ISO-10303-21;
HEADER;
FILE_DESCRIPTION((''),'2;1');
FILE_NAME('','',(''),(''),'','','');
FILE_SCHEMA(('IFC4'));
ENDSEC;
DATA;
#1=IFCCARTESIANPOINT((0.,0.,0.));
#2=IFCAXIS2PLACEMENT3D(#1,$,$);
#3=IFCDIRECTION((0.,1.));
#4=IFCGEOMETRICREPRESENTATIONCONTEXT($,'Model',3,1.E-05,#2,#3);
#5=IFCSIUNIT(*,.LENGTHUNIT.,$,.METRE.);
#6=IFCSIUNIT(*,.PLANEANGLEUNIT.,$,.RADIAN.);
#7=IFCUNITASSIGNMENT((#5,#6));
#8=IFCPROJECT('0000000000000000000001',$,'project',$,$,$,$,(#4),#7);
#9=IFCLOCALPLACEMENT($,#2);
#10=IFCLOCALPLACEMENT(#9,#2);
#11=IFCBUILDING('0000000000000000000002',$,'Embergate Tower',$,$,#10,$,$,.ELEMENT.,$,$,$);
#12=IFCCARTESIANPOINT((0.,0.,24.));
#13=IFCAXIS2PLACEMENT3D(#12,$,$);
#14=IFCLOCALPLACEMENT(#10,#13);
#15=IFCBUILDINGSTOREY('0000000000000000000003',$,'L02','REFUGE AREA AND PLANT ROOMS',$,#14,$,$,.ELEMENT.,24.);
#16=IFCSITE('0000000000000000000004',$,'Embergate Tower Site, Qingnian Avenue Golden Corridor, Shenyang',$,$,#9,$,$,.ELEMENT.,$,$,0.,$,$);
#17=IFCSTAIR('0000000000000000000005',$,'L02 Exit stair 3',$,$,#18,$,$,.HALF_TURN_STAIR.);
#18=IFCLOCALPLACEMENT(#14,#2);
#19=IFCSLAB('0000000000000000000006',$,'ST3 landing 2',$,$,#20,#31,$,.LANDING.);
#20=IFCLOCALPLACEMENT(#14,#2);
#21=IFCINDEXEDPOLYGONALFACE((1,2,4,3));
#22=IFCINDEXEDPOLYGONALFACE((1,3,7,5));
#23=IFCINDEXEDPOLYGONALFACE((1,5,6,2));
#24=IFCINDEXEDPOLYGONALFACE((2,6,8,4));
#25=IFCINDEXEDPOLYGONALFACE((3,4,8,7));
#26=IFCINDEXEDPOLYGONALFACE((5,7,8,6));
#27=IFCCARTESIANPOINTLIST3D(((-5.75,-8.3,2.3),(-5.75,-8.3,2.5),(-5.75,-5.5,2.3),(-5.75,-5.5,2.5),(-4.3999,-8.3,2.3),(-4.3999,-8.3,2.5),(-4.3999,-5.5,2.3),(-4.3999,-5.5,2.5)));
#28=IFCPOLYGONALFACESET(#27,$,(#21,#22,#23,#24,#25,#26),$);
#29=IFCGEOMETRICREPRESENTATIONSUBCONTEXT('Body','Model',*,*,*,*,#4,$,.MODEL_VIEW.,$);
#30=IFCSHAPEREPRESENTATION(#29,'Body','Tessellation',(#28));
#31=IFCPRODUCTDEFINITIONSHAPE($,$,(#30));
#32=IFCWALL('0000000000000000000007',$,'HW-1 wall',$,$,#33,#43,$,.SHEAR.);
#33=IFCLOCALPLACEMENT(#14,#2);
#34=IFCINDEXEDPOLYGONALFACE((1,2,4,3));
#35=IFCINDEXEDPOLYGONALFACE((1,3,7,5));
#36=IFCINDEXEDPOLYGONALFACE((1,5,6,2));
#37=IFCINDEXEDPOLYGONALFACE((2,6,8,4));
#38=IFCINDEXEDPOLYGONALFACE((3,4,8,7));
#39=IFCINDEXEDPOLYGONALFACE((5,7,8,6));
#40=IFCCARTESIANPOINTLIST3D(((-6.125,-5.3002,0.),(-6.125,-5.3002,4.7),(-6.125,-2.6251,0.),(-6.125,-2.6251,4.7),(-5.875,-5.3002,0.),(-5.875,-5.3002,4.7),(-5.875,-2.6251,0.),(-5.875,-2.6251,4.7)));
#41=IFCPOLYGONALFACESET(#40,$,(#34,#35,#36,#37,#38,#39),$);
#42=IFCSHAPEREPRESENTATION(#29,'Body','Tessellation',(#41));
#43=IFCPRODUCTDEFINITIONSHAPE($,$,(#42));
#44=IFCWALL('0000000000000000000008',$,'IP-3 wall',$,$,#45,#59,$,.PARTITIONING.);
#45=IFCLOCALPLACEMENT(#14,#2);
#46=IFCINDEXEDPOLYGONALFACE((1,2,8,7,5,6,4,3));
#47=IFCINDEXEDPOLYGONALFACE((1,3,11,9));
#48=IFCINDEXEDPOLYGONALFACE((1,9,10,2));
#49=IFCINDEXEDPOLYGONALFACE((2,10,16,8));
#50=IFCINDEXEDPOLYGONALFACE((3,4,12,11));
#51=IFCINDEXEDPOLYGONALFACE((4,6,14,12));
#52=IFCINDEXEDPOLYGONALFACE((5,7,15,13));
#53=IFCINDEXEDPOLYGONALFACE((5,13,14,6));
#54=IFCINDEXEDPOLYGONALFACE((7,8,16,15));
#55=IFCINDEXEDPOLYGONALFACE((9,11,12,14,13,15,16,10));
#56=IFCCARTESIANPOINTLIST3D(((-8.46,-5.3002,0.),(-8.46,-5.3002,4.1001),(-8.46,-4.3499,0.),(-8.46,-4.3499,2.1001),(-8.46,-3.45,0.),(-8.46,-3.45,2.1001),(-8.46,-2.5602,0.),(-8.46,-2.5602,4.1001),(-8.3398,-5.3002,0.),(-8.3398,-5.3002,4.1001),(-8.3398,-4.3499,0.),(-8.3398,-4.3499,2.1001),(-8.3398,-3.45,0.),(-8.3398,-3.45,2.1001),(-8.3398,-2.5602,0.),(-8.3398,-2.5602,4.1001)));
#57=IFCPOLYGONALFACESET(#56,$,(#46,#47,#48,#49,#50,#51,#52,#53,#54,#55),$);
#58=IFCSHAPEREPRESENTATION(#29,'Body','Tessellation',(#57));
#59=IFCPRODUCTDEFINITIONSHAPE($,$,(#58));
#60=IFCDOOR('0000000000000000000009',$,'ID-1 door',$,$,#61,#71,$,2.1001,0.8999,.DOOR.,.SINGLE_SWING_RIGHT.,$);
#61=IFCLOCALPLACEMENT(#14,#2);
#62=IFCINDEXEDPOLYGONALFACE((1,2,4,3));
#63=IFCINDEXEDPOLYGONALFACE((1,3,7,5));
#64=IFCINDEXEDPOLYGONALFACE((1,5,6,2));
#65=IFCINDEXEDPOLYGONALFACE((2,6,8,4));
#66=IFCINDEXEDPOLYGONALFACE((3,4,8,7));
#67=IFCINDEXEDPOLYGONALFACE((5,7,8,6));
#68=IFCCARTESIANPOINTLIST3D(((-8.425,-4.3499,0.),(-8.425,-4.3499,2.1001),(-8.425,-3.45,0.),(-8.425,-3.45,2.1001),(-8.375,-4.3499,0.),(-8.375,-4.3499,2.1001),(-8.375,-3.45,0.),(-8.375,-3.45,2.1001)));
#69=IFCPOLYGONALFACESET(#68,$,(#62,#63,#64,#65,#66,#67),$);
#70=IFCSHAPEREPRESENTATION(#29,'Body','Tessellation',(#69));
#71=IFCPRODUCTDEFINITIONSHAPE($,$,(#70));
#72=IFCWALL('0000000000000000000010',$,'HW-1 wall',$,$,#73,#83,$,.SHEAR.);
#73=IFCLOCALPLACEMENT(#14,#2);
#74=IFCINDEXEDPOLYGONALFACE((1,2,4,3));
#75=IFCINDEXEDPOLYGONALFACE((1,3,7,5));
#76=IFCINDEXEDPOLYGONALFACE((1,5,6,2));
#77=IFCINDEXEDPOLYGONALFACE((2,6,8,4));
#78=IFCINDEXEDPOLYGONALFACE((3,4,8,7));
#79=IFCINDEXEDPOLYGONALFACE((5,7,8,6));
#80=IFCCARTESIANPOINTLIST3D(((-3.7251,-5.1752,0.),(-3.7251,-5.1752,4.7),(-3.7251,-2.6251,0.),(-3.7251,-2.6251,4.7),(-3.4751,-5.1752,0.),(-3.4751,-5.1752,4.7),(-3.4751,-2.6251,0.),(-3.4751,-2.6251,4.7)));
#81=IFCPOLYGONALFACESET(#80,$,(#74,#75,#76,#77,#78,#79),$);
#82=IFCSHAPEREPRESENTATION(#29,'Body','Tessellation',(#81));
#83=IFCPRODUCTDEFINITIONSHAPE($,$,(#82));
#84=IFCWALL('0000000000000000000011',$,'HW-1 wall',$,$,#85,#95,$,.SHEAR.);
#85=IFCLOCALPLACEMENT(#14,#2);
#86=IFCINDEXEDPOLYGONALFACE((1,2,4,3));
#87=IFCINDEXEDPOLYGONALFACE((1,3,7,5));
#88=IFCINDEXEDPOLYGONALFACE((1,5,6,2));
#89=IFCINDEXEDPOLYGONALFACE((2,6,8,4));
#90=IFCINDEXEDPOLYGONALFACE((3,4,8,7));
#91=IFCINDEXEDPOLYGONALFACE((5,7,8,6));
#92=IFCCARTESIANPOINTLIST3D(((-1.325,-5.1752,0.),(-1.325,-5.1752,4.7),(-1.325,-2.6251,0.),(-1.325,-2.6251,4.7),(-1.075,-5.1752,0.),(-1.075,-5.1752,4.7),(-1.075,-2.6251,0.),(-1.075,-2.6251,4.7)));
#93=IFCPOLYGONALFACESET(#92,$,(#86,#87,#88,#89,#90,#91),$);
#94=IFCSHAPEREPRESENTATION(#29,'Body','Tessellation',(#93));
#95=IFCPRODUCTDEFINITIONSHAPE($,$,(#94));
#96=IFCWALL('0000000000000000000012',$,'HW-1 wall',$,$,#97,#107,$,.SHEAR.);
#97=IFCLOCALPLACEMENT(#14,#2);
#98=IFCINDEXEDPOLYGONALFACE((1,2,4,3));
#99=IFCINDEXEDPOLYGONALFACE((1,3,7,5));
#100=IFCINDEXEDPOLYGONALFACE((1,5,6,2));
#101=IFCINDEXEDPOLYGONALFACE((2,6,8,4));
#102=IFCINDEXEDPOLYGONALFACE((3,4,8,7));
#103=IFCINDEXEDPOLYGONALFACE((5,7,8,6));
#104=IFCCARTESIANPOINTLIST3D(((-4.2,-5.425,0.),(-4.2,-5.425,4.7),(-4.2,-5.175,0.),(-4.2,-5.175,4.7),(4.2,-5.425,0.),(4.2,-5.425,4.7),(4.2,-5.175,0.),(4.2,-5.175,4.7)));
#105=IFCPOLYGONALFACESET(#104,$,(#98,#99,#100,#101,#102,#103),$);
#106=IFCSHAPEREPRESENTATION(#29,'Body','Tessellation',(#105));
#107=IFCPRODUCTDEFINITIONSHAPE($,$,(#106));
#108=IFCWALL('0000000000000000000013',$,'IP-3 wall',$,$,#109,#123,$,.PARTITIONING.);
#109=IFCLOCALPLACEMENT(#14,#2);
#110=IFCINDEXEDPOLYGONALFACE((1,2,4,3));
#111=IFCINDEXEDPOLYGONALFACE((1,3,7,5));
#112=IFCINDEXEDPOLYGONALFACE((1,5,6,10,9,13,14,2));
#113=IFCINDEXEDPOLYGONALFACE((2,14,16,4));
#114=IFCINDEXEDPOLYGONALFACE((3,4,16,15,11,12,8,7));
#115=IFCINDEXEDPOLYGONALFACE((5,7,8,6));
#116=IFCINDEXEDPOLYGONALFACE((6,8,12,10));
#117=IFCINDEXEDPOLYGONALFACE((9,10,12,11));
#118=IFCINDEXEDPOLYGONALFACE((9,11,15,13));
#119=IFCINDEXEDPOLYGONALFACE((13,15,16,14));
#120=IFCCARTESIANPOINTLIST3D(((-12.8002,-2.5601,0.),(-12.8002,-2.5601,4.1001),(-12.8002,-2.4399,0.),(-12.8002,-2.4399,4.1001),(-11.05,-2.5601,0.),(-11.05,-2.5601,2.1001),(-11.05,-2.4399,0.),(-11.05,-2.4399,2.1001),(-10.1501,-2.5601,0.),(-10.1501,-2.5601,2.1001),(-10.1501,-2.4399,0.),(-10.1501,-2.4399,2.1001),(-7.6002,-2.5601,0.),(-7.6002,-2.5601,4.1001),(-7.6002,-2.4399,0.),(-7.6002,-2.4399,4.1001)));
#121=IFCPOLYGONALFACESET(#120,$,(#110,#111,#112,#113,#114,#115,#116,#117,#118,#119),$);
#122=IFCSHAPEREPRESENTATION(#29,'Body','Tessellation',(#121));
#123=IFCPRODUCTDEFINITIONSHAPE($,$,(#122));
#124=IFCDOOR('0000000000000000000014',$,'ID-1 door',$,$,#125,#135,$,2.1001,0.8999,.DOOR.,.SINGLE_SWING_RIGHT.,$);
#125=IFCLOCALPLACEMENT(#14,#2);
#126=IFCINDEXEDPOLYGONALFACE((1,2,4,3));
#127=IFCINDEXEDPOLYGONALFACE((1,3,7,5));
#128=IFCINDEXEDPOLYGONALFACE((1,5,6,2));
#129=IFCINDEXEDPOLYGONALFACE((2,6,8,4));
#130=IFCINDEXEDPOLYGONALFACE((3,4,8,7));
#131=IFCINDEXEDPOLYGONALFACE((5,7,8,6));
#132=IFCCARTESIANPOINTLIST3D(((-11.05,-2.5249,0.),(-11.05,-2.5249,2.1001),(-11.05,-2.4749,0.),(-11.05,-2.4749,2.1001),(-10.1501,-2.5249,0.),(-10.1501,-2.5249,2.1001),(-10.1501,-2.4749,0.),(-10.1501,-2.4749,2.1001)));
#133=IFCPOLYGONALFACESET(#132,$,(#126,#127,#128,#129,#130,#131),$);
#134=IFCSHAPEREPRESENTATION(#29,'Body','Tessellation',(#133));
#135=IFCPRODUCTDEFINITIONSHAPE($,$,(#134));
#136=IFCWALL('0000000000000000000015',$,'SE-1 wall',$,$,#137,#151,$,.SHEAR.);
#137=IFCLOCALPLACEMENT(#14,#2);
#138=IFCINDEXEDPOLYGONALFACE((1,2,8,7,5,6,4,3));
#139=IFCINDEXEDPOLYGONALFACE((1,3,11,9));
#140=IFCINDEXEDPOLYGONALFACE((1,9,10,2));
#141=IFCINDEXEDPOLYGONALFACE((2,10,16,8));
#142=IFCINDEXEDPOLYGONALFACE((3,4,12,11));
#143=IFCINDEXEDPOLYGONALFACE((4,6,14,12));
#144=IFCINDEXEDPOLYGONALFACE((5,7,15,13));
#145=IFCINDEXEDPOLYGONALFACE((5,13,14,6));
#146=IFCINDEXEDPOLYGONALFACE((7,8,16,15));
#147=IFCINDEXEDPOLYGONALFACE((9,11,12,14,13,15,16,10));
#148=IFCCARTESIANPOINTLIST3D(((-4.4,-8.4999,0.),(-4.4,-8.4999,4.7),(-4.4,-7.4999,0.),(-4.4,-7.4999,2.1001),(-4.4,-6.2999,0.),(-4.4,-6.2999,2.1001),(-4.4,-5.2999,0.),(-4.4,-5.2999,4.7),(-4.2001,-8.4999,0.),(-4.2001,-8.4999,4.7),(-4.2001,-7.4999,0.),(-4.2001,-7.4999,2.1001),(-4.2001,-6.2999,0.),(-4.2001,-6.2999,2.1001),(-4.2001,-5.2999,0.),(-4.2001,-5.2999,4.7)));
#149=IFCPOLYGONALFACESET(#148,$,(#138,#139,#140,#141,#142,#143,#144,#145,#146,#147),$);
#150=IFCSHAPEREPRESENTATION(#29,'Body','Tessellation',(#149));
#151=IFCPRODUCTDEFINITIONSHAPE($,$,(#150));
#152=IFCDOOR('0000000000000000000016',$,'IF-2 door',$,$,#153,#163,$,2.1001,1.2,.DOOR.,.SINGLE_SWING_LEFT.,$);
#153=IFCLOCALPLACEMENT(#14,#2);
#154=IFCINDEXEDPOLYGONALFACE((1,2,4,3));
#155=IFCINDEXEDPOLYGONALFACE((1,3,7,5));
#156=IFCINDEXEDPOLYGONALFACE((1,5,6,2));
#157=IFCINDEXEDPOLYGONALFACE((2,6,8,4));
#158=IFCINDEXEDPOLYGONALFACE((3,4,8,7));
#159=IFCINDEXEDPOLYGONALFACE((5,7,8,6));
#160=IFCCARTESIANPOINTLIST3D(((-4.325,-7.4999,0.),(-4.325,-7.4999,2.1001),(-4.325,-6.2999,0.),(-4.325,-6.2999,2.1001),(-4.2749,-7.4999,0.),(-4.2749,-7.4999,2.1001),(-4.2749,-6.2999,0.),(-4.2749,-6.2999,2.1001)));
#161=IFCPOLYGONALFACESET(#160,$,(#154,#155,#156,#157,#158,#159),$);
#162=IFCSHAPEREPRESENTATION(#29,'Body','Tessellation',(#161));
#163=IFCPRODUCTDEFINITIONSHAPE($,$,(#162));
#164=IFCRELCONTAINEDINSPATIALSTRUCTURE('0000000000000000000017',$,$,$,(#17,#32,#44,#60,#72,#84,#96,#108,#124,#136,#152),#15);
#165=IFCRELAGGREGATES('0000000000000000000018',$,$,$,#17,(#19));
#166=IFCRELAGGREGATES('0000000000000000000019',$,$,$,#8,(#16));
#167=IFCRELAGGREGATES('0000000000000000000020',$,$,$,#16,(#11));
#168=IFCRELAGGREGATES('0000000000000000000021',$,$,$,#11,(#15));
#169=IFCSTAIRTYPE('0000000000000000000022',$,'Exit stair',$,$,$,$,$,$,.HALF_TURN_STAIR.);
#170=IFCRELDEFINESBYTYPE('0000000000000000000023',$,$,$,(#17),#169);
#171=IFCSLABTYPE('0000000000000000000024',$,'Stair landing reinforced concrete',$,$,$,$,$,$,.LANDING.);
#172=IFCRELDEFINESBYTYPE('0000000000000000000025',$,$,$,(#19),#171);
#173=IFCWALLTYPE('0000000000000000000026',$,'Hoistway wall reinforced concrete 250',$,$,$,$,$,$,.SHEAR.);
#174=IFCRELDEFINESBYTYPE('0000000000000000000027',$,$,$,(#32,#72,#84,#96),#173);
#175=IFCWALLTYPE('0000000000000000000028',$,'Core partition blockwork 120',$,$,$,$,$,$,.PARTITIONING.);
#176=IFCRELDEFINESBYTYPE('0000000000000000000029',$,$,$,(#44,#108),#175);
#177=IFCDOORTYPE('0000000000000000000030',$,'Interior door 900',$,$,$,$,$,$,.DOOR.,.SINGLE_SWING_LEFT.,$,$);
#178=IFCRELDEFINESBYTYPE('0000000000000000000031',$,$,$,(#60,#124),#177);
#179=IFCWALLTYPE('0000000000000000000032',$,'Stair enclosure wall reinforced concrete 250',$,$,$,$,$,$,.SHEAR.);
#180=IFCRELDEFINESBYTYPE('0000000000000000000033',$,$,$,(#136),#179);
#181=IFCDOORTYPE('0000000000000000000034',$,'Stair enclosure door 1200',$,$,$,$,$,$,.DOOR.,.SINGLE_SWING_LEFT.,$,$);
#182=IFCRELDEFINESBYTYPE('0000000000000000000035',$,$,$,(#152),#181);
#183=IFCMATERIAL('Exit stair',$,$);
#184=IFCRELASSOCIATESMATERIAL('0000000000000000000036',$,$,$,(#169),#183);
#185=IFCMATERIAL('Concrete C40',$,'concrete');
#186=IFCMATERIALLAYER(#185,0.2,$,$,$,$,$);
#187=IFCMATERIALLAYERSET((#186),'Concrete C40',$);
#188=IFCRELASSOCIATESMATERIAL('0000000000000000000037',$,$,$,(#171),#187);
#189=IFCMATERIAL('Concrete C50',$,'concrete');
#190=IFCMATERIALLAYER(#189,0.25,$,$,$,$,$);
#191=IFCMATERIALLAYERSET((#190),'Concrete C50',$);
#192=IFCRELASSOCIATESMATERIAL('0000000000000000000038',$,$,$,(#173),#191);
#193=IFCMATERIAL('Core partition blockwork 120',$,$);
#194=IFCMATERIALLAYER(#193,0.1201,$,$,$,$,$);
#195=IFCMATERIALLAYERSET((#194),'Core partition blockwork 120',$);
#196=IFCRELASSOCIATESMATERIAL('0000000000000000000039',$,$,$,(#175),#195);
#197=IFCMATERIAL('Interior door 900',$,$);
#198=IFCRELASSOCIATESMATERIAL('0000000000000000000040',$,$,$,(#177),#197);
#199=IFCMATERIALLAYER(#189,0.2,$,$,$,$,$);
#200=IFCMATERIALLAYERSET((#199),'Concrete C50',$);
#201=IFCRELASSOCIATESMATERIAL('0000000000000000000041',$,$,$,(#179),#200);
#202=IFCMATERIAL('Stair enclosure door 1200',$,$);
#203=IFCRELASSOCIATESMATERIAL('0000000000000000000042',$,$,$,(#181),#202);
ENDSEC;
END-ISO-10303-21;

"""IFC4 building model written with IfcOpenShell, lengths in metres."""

from ifc_helpers import new_model, si_unit, direction, frame, frame_2d, origin, place, context, subcontext, project, spatial, polyline, rectangle, outline, extrude, source, transform, mapped, material, layer, layer_set, type_object, element, fill, aggregate, save


model = new_model("IFC4")

# Units and contexts
model_context = context("Model", 3, precision=1e-05, world=origin(), true_north=direction((0.0, 1.0)))
body_context = subcontext(model_context, "Body", "Model", "MODEL_VIEW")
ifc_project = project(units=[si_unit("LENGTHUNIT", "METRE"), si_unit("PLANEANGLEUNIT", "RADIAN")], contexts=[model_context])

# Site, building, storey
site_placement = place(None, origin())
site = spatial("IfcSite", under=ifc_project, at=site_placement, Name="Embergate Tower Site, Qingnian Avenue Golden Corridor, Shenyang", CompositionType="ELEMENT", RefElevation=0.0)
building_placement = place(site_placement, origin())
building = spatial("IfcBuilding", under=site, at=building_placement, Name="Embergate Tower", CompositionType="ELEMENT")
storey_placement = place(building_placement, frame((0.0, 0.0, 24.0)))
storey = spatial("IfcBuildingStorey", under=building, at=storey_placement, Name="L02", Description="REFUGE AREA AND PLANT ROOMS", CompositionType="ELEMENT", Elevation=24.0)

# Stair, slab
ifc_material_1 = material(Name="Exit stair")
stair_type = type_object("IfcStairType", Name="Exit stair", PredefinedType="HALF_TURN_STAIR", material=ifc_material_1)
stair_placement = place(storey_placement, origin())
stair = element("IfcStair", 1, at=stair_placement, inside=storey, type_object=stair_type, Name="L02 Exit stair 3", PredefinedType="HALF_TURN_STAIR")
ifc_material_2 = material(Name="Concrete C40", Category="concrete")
ifc_layer_1 = layer(ifc_material_2, 0.2)
ifc_layer_set_1 = layer_set([ifc_layer_1], Name="Concrete C40")
slab_type = type_object("IfcSlabType", Name="Stair landing reinforced concrete", PredefinedType="LANDING", material=ifc_layer_set_1)
shared_shape_1 = source(origin(), body_context, "Body", "SweptSolid", [
    extrude(outline(polyline([(0.0, 0.0), (1.3501, 0.0), (1.3501, 2.8), (0.0, 2.8), (0.0, 0.0)])), origin(), (0.0, 0.0, 1.0), 0.2),
])
slab_placement = place(storey_placement, frame((-5.75, -8.3, 2.3)))
slab = element("IfcSlab", 2, at=slab_placement, type_object=slab_type, Name="ST3 landing 2", PredefinedType="LANDING", context=body_context, shape_type="MappedRepresentation", body=[
    mapped(shared_shape_1, transform((0.0, 0.0, 0.0))),
])

# Wall
ifc_material_3 = material(Name="Concrete C50", Category="concrete")
ifc_layer_2 = layer(ifc_material_3, 0.25)
ifc_layer_set_2 = layer_set([ifc_layer_2], Name="Concrete C50")
wall_type_1 = type_object("IfcWallType", Name="Hoistway wall reinforced concrete 250", PredefinedType="SHEAR", material=ifc_layer_set_2)
shared_shape_2 = source(origin(), body_context, "Body", "SweptSolid", [
    extrude(rectangle(XDim=2.675, YDim=0.25, at=frame_2d((1.3374, 0.0))), origin(), (0.0, 0.0, 1.0), 4.7),
])
wall_1_placement = place(storey_placement, frame((-6.0, -5.3, 0.0), z_axis=(0.0, 0.0, 1.0), x_axis=(0.0, 1.0, 0.0)))
element("IfcWall", 3, at=wall_1_placement, inside=storey, type_object=wall_type_1, Name="HW-1 wall", PredefinedType="SHEAR", context=body_context, shape_type="MappedRepresentation", body=[
    mapped(shared_shape_2, transform((0.0, 0.0, 0.0))),
])

# Wall, opening, door
ifc_material_4 = material(Name="Core partition blockwork 120")
ifc_layer_3 = layer(ifc_material_4, 0.1201)
ifc_layer_set_3 = layer_set([ifc_layer_3], Name="Core partition blockwork 120")
wall_type_2 = type_object("IfcWallType", Name="Core partition blockwork 120", PredefinedType="PARTITIONING", material=ifc_layer_set_3)
shared_shape_3 = source(origin(), body_context, "Body", "SweptSolid", [
    extrude(rectangle(XDim=2.74, YDim=0.1201, at=frame_2d((1.3701, 0.0))), origin(), (0.0, 0.0, 1.0), 4.1001),
])
wall_2_placement = place(storey_placement, frame((-8.3999, -2.5601, 0.0), z_axis=(0.0, 0.0, 1.0), x_axis=(0.0, -1.0, 0.0)))
wall_2 = element("IfcWall", 4, at=wall_2_placement, inside=storey, type_object=wall_type_2, Name="IP-3 wall", PredefinedType="PARTITIONING", context=body_context, shape_type="MappedRepresentation", body=[
    mapped(shared_shape_3, transform((0.0, 0.0, 0.0))),
])
shared_shape_4 = source(origin(), body_context, "Body", "SweptSolid", [
    extrude(rectangle(XDim=0.8999, YDim=2.1001, at=frame_2d((0.45, 1.05))), frame((0.0, 0.0701, 0.0), z_axis=(0.0, -1.0, 0.0), x_axis=(1.0, 0.0, 0.0)), (0.0, 0.0, 1.0), 0.1401),
])
opening_1_placement = place(wall_2_placement, frame((0.8899, 0.0, 0.0)))
opening_1 = element("IfcOpeningElement", 5, at=opening_1_placement, cuts=wall_2, PredefinedType="OPENING", context=body_context, shape_type="MappedRepresentation", body=[
    mapped(shared_shape_4, transform((0.0, 0.0, 0.0))),
])
ifc_material_5 = material(Name="Interior door 900")
door_type_1 = type_object("IfcDoorType", Name="Interior door 900", OperationType="SINGLE_SWING_LEFT", PredefinedType="DOOR", material=ifc_material_5)
shared_shape_5 = source(origin(), body_context, "Body", "SweptSolid", [
    extrude(rectangle(XDim=0.8999, YDim=2.1001, at=frame_2d((0.45, 1.05))), frame((0.0, 0.0249, 0.0), z_axis=(0.0, -1.0, 0.0), x_axis=(1.0, 0.0, 0.0)), (0.0, 0.0, 1.0), 0.05),
])
door_1_placement = place(opening_1_placement, origin())
door_1 = element("IfcDoor", 6, at=door_1_placement, inside=storey, type_object=door_type_1, Name="ID-1 door", OperationType="SINGLE_SWING_RIGHT", OverallHeight=2.1001, OverallWidth=0.8999, PredefinedType="DOOR", context=body_context, shape_type="MappedRepresentation", body=[
    mapped(shared_shape_5, transform((0.0, 0.0, 0.0))),
])
fill(opening_1, door_1)

# Walls
shared_shape_6 = source(origin(), body_context, "Body", "SweptSolid", [
    extrude(rectangle(XDim=2.55, YDim=0.25, at=frame_2d((1.2749, 0.0))), origin(), (0.0, 0.0, 1.0), 4.7),
])
for number, where, z_axis, x_axis, name in (
    (7, (-3.6001, -5.175, 0.0), (0.0, 0.0, 1.0), (0.0, 1.0, 0.0), "HW-1 wall"),
    (8, (-1.2, -5.175, 0.0), (0.0, 0.0, 1.0), (0.0, 1.0, 0.0), "HW-1 wall"),
):
    element("IfcWall", number, at=place(storey_placement, frame(where, z_axis=z_axis, x_axis=x_axis)), inside=storey, type_object=wall_type_1, Name=name, PredefinedType="SHEAR", context=body_context, shape_type="MappedRepresentation", body=[
        mapped(shared_shape_6, transform((0.0, 0.0, 0.0))),
    ])
shared_shape_7 = source(origin(), body_context, "Body", "SweptSolid", [
    extrude(rectangle(XDim=8.3999, YDim=0.25, at=frame_2d((4.2, 0.0))), origin(), (0.0, 0.0, 1.0), 4.7),
])
wall_3_placement = place(storey_placement, frame((-4.2, -5.3, 0.0), z_axis=(0.0, 0.0, 1.0), x_axis=(1.0, 0.0, 0.0)))
element("IfcWall", 9, at=wall_3_placement, inside=storey, type_object=wall_type_1, Name="HW-1 wall", PredefinedType="SHEAR", context=body_context, shape_type="MappedRepresentation", body=[
    mapped(shared_shape_7, transform((0.0, 0.0, 0.0))),
])

# Walls, openings, doors
shared_shape_8 = source(origin(), body_context, "Body", "SweptSolid", [
    extrude(rectangle(XDim=5.2, YDim=0.1201, at=frame_2d((2.6001, 0.0))), origin(), (0.0, 0.0, 1.0), 4.1001),
])
wall_4_placement = place(storey_placement, frame((-7.6001, -2.5, 0.0), z_axis=(0.0, 0.0, 1.0), x_axis=(-1.0, 0.0, 0.0)))
wall_4 = element("IfcWall", 10, at=wall_4_placement, inside=storey, type_object=wall_type_2, Name="IP-3 wall", PredefinedType="PARTITIONING", context=body_context, shape_type="MappedRepresentation", body=[
    mapped(shared_shape_8, transform((0.0, 0.0, 0.0))),
])
opening_2_placement = place(wall_4_placement, frame((2.55, 0.0, 0.0)))
opening_2 = element("IfcOpeningElement", 11, at=opening_2_placement, cuts=wall_4, PredefinedType="OPENING", context=body_context, shape_type="MappedRepresentation", body=[
    mapped(shared_shape_4, transform((0.0, 0.0, 0.0))),
])
door_2_placement = place(opening_2_placement, origin())
door_2 = element("IfcDoor", 12, at=door_2_placement, inside=storey, type_object=door_type_1, Name="ID-1 door", OperationType="SINGLE_SWING_RIGHT", OverallHeight=2.1001, OverallWidth=0.8999, PredefinedType="DOOR", context=body_context, shape_type="MappedRepresentation", body=[
    mapped(shared_shape_5, transform((0.0, 0.0, 0.0))),
])
fill(opening_2, door_2)
ifc_layer_4 = layer(ifc_material_3, 0.2)
ifc_layer_set_4 = layer_set([ifc_layer_4], Name="Concrete C50")
wall_type_3 = type_object("IfcWallType", Name="Stair enclosure wall reinforced concrete 250", PredefinedType="SHEAR", material=ifc_layer_set_4)
shared_shape_9 = source(origin(), body_context, "Body", "SweptSolid", [
    extrude(rectangle(XDim=3.2, YDim=0.2, at=frame_2d((1.6001, 0.0))), origin(), (0.0, 0.0, 1.0), 4.7),
])
wall_5_placement = place(storey_placement, frame((-4.3, -8.5, 0.0), z_axis=(0.0, 0.0, 1.0), x_axis=(0.0, 1.0, 0.0)))
wall_5 = element("IfcWall", 13, at=wall_5_placement, inside=storey, type_object=wall_type_3, Name="SE-1 wall", PredefinedType="SHEAR", context=body_context, shape_type="MappedRepresentation", body=[
    mapped(shared_shape_9, transform((0.0, 0.0, 0.0))),
])
shared_shape_10 = source(origin(), body_context, "Body", "SweptSolid", [
    extrude(rectangle(XDim=1.2, YDim=2.1001, at=frame_2d((0.6001, 1.05))), frame((0.0, 0.1099, 0.0), z_axis=(0.0, -1.0, 0.0), x_axis=(1.0, 0.0, 0.0)), (0.0, 0.0, 1.0), 0.22),
])
opening_3_placement = place(wall_5_placement, frame((1.0, 0.0, 0.0)))
opening_3 = element("IfcOpeningElement", 14, at=opening_3_placement, cuts=wall_5, PredefinedType="OPENING", context=body_context, shape_type="MappedRepresentation", body=[
    mapped(shared_shape_10, transform((0.0, 0.0, 0.0))),
])
ifc_material_6 = material(Name="Stair enclosure door 1200")
door_type_2 = type_object("IfcDoorType", Name="Stair enclosure door 1200", OperationType="SINGLE_SWING_LEFT", PredefinedType="DOOR", material=ifc_material_6)
shared_shape_11 = source(origin(), body_context, "Body", "SweptSolid", [
    extrude(rectangle(XDim=1.2, YDim=2.1001, at=frame_2d((0.6001, 1.05))), frame((0.0, 0.0249, 0.0), z_axis=(0.0, -1.0, 0.0), x_axis=(1.0, 0.0, 0.0)), (0.0, 0.0, 1.0), 0.05),
])
door_3_placement = place(opening_3_placement, origin())
door_3 = element("IfcDoor", 15, at=door_3_placement, inside=storey, type_object=door_type_2, Name="IF-2 door", OperationType="SINGLE_SWING_LEFT", OverallHeight=2.1001, OverallWidth=1.2, PredefinedType="DOOR", context=body_context, shape_type="MappedRepresentation", body=[
    mapped(shared_shape_11, transform((0.0, 0.0, 0.0))),
])
fill(opening_3, door_3)

aggregate(stair, [slab])

save(model, "model.ifc")
